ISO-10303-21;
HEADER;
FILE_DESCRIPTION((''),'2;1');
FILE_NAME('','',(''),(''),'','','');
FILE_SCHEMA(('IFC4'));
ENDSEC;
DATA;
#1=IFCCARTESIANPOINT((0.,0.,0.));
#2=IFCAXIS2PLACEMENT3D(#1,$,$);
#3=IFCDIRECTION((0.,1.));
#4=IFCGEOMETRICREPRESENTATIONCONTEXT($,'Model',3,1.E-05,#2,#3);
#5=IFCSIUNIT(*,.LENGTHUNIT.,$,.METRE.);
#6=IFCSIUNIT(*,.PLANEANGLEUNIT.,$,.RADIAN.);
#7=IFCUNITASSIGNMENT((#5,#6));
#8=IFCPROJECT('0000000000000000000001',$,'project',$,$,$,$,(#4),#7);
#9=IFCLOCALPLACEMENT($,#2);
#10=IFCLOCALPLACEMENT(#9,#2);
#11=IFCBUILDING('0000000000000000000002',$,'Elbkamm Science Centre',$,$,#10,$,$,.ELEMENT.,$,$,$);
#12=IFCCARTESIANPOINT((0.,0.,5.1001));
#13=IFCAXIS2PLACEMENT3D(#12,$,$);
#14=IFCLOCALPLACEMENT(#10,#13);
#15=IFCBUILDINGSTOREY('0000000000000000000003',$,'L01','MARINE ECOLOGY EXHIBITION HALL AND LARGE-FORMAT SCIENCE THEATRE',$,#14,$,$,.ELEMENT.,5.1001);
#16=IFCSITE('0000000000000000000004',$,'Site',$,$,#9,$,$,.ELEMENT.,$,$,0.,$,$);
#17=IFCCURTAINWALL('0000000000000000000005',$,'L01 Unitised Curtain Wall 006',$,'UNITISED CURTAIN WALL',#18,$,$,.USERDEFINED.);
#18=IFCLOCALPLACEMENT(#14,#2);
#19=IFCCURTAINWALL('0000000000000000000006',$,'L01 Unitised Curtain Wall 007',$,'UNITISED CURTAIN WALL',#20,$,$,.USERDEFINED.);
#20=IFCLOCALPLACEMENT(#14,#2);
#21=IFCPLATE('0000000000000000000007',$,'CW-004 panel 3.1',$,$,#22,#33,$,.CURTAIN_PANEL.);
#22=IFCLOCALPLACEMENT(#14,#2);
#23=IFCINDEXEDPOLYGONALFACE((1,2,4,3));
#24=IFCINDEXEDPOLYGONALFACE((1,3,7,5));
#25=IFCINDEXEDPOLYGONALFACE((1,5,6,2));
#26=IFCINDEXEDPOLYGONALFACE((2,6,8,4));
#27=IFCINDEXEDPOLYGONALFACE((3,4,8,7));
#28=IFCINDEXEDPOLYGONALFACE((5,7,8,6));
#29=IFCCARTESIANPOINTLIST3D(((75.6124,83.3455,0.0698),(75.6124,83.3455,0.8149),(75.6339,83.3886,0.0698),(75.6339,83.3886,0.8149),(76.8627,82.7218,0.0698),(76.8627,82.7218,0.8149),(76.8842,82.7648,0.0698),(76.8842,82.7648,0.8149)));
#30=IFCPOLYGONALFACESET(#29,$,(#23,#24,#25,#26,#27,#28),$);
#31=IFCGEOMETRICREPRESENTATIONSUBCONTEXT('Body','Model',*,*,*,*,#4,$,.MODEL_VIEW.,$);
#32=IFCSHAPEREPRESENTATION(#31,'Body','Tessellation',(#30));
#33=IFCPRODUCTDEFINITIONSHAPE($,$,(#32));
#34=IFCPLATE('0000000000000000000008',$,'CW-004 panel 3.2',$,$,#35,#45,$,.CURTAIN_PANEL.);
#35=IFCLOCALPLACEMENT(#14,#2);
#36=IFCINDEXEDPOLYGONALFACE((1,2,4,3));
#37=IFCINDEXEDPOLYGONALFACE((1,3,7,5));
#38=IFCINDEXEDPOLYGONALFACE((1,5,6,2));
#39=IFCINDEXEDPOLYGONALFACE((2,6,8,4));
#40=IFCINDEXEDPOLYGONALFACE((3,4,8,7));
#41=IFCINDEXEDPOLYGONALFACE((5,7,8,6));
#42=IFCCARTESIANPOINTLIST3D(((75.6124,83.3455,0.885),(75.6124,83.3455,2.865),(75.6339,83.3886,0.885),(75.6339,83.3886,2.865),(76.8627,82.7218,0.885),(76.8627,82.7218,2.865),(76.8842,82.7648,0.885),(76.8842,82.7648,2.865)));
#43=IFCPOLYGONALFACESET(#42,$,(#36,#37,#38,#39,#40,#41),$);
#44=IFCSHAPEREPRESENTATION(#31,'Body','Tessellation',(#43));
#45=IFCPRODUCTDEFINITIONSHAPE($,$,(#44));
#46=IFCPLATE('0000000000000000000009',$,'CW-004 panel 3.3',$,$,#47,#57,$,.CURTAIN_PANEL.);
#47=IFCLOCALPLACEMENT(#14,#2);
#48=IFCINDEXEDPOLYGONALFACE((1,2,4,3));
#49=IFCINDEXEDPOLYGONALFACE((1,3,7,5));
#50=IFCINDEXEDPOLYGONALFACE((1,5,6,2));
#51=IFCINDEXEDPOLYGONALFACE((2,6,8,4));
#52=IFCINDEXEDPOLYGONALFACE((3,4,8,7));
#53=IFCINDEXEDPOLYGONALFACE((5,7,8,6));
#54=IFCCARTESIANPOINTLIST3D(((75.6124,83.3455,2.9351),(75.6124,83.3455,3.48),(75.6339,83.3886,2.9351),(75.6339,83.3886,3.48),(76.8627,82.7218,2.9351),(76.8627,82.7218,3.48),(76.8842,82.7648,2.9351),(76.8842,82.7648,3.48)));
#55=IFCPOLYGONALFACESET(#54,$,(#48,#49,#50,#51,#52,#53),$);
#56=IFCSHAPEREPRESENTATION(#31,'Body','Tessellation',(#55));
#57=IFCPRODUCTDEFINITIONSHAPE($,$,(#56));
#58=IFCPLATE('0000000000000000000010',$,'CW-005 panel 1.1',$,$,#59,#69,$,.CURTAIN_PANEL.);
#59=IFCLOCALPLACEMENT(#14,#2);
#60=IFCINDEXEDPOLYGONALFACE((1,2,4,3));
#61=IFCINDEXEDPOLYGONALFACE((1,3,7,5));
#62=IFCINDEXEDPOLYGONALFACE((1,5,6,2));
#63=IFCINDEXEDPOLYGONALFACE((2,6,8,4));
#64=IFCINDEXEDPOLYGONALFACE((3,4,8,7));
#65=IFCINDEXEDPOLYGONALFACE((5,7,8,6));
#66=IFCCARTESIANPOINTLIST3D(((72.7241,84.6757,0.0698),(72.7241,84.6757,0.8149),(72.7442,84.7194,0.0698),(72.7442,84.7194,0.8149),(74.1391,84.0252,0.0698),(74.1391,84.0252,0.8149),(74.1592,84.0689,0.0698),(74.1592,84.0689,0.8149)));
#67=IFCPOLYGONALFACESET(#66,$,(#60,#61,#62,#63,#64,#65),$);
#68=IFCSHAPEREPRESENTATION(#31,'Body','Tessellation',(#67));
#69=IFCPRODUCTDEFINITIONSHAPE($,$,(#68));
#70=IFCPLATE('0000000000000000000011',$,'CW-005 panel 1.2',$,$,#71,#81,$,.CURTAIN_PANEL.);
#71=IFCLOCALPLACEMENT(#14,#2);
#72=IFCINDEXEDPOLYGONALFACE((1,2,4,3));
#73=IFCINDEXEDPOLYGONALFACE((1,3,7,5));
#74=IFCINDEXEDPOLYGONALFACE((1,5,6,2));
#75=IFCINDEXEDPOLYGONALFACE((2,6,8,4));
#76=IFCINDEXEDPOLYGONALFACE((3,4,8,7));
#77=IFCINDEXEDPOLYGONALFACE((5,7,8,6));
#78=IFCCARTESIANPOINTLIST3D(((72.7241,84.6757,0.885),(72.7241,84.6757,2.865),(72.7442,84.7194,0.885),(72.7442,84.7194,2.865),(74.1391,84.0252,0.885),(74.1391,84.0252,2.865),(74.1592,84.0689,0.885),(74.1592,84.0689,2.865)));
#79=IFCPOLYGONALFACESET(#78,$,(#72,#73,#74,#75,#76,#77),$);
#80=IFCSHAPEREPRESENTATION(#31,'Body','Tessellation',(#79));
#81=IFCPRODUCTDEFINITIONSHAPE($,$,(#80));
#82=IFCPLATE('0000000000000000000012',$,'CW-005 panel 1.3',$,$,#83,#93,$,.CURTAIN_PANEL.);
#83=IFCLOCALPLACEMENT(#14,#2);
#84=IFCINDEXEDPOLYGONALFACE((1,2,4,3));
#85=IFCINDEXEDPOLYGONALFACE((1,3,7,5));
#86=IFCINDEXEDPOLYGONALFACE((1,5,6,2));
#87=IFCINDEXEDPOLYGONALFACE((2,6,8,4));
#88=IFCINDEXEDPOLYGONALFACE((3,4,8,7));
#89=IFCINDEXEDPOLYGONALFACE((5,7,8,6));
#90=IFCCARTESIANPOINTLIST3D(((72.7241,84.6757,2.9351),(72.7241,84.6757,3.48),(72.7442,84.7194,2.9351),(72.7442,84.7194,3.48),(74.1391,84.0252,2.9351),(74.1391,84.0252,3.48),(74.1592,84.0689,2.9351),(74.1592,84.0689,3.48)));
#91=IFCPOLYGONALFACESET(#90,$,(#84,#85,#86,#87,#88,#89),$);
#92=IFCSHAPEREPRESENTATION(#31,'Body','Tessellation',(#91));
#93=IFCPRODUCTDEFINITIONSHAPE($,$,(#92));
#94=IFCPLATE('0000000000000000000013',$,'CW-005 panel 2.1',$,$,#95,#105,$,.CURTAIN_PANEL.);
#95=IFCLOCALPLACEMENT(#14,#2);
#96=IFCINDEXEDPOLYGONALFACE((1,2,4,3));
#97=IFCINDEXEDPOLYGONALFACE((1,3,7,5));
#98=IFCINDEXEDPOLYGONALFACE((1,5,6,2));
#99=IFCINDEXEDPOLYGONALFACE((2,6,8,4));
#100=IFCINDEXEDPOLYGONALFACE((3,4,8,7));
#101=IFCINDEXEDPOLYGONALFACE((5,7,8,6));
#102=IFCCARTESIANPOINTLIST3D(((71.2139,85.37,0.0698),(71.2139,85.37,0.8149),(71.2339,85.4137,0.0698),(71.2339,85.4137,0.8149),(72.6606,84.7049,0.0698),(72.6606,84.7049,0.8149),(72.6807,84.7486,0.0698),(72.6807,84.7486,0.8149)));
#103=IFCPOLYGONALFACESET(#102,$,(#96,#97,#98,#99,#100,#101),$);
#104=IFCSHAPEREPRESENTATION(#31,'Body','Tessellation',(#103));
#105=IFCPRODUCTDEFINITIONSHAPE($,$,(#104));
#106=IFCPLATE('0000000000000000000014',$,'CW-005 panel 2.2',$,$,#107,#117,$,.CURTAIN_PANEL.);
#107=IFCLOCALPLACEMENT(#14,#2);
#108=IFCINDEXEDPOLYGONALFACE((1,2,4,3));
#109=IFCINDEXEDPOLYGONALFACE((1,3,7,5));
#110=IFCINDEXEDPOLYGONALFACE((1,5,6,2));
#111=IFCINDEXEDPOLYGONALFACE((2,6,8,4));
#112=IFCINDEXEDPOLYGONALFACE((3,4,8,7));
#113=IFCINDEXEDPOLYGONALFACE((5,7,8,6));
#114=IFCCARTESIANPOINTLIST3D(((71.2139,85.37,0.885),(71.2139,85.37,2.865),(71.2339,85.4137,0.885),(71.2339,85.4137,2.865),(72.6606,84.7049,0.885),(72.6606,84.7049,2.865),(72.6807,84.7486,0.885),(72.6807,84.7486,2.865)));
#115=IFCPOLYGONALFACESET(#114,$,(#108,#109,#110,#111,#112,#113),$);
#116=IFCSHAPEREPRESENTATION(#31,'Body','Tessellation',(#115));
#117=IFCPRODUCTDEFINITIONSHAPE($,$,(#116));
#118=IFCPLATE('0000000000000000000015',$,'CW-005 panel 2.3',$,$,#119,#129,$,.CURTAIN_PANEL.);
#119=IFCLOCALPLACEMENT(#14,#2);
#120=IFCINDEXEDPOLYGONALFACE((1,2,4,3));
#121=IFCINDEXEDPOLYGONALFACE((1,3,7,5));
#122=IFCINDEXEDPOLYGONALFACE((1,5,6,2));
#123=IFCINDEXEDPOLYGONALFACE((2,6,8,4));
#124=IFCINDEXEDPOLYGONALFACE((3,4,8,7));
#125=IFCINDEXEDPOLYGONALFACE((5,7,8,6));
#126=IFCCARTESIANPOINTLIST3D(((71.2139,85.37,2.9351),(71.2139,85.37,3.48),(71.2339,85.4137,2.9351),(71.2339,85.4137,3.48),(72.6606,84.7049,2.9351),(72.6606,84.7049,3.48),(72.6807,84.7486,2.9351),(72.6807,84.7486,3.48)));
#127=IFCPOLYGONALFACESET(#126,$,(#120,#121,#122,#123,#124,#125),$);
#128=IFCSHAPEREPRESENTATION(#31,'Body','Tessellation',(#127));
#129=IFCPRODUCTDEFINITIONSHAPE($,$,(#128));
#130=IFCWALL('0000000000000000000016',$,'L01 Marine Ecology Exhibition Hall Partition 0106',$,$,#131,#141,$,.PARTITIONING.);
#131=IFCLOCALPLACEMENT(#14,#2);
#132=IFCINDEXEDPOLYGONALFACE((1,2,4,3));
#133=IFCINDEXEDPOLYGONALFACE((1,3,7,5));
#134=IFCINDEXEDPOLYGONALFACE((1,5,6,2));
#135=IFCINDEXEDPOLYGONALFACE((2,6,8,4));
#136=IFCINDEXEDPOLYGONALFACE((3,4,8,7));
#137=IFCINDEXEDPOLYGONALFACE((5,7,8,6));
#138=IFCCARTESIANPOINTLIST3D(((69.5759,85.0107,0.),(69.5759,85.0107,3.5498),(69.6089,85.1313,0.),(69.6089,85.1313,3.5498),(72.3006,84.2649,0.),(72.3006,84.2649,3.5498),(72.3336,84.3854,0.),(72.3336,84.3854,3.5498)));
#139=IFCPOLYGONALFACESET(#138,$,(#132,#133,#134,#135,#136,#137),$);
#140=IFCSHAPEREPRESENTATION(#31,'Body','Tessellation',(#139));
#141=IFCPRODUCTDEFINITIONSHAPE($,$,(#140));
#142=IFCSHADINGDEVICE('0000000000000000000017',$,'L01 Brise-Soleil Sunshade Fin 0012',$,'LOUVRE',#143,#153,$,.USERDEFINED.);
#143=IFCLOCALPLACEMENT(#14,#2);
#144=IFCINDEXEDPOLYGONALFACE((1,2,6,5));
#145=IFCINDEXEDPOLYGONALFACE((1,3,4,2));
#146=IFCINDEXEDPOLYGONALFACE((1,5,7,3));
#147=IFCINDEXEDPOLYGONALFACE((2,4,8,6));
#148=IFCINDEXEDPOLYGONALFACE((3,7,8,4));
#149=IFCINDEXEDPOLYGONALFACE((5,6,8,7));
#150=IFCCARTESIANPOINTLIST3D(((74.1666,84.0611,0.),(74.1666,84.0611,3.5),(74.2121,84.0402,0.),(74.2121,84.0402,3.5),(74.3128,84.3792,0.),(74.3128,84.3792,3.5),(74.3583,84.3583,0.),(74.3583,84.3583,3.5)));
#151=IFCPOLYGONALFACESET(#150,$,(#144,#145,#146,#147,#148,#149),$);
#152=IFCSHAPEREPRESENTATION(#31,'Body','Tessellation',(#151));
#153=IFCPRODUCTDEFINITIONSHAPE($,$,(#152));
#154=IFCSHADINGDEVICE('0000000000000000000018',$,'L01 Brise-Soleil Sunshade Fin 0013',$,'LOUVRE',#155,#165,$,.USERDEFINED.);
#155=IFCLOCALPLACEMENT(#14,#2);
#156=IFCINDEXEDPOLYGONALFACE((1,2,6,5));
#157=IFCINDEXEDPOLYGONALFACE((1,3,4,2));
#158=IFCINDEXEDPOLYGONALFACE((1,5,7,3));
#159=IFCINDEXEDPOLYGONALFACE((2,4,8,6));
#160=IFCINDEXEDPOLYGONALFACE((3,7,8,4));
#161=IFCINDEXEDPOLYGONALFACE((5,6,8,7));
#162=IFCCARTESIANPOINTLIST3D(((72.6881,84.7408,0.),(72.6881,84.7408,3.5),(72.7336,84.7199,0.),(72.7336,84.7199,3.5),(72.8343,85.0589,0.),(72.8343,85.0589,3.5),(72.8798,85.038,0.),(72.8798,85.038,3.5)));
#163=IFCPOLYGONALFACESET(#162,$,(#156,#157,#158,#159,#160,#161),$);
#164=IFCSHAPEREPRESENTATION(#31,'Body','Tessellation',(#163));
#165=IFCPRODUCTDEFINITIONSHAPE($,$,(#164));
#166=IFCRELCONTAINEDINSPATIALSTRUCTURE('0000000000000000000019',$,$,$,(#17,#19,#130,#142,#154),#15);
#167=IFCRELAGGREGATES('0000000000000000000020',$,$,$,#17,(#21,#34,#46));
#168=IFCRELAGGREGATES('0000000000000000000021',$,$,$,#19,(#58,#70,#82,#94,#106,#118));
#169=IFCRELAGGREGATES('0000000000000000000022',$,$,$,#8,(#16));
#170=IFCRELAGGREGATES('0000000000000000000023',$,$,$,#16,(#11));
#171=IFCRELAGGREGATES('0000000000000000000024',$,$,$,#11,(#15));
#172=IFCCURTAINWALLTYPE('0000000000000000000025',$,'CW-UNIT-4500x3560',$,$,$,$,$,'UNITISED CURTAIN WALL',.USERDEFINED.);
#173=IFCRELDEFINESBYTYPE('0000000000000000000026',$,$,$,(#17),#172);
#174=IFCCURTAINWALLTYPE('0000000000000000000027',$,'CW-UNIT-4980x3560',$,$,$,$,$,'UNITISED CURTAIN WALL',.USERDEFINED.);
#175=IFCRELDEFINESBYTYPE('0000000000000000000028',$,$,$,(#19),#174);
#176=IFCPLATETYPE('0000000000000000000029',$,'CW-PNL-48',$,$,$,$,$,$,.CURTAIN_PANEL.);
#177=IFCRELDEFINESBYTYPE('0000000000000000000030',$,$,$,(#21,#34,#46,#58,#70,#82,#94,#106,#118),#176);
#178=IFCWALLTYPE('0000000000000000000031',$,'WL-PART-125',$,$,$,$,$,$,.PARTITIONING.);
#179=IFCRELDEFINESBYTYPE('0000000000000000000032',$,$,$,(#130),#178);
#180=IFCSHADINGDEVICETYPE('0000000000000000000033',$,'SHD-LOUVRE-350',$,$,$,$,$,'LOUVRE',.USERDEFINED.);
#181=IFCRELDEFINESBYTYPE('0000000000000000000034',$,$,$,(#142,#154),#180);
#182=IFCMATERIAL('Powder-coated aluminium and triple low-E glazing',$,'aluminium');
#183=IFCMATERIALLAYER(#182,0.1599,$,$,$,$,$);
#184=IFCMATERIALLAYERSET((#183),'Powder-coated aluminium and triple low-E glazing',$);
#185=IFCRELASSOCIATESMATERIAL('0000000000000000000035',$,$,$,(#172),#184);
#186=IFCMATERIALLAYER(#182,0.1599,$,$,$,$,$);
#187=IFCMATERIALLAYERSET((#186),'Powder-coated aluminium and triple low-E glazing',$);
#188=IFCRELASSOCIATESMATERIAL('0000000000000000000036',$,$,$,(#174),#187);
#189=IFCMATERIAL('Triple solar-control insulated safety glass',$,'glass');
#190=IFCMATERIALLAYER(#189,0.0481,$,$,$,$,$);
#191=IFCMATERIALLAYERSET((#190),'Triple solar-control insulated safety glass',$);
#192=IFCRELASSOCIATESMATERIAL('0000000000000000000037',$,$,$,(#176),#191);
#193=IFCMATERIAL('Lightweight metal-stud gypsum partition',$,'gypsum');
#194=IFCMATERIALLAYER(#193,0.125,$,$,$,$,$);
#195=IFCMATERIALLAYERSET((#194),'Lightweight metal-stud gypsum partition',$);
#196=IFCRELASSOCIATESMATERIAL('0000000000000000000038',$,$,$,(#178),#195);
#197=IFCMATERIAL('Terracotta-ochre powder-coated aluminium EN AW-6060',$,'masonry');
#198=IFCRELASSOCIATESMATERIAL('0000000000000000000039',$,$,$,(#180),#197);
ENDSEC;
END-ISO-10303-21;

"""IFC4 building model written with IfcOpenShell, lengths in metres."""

from ifc_helpers import new_model, si_unit, direction, frame, frame_2d, origin, origin_2d, place, context, subcontext, project, spatial, rectangle, extrude, material, layer, layer_set, type_object, element, aggregate, save


model = new_model("IFC4")

# Units and contexts
model_context = context("Model", 3, precision=1e-05, world=origin(), true_north=direction((0.0, 1.0)))
body_context = subcontext(model_context, "Body", "Model", "MODEL_VIEW")
ifc_project = project(units=[si_unit("LENGTHUNIT", "METRE"), si_unit("PLANEANGLEUNIT", "RADIAN")], contexts=[model_context])

# Site, building, storey
site_placement = place(None, origin())
site = spatial("IfcSite", under=ifc_project, at=site_placement, Name="Site", CompositionType="ELEMENT", RefElevation=0.0)
building_placement = place(site_placement, origin())
building = spatial("IfcBuilding", under=site, at=building_placement, Name="Elbkamm Science Centre", CompositionType="ELEMENT")
storey_placement = place(building_placement, frame((0.0, 0.0, 5.1001)))
storey = spatial("IfcBuildingStorey", under=building, at=storey_placement, Name="L01", Description="MARINE ECOLOGY EXHIBITION HALL AND LARGE-FORMAT SCIENCE THEATRE", CompositionType="ELEMENT", Elevation=5.1001)

# Curtain wall
ifc_material_1 = material(Name="Powder-coated aluminium and triple low-E glazing", Category="aluminium")
ifc_layer_1 = layer(ifc_material_1, 0.1599)
ifc_layer_set_1 = layer_set([ifc_layer_1], Name="Powder-coated aluminium and triple low-E glazing")
curtain_wall_type_1 = type_object("IfcCurtainWallType", Name="CW-UNIT-4500x3560", ElementType="UNITISED CURTAIN WALL", PredefinedType="USERDEFINED", material=ifc_layer_set_1)
curtain_wall_1_placement = place(storey_placement, origin())
curtain_wall_1 = element("IfcCurtainWall", 1, at=curtain_wall_1_placement, inside=storey, type_object=curtain_wall_type_1, Name="L01 Unitised Curtain Wall 006", ObjectType="UNITISED CURTAIN WALL", PredefinedType="USERDEFINED")

# Curtain wall
ifc_layer_2 = layer(ifc_material_1, 0.1599)
ifc_layer_set_2 = layer_set([ifc_layer_2], Name="Powder-coated aluminium and triple low-E glazing")
curtain_wall_type_2 = type_object("IfcCurtainWallType", Name="CW-UNIT-4980x3560", ElementType="UNITISED CURTAIN WALL", PredefinedType="USERDEFINED", material=ifc_layer_set_2)
curtain_wall_2_placement = place(storey_placement, origin())
curtain_wall_2 = element("IfcCurtainWall", 2, at=curtain_wall_2_placement, inside=storey, type_object=curtain_wall_type_2, Name="L01 Unitised Curtain Wall 007", ObjectType="UNITISED CURTAIN WALL", PredefinedType="USERDEFINED")

# Plates
ifc_material_2 = material(Name="Triple solar-control insulated safety glass", Category="glass")
ifc_layer_3 = layer(ifc_material_2, 0.0481)
ifc_layer_set_3 = layer_set([ifc_layer_3], Name="Triple solar-control insulated safety glass")
plate_type = type_object("IfcPlateType", Name="CW-PNL-48", PredefinedType="CURTAIN_PANEL", material=ifc_layer_set_3)
plate_1_placement = place(storey_placement, frame((76.2483, 83.0552, 0.0698), z_axis=(0.0, 0.0, 1.0), x_axis=(-0.894813, 0.446441, 0.0)))
plate_1 = element("IfcPlate", 3, at=plate_1_placement, type_object=plate_type, Name="CW-004 panel 3.1", PredefinedType="CURTAIN_PANEL", context=body_context, shape_type="SweptSolid", body=[
    extrude(rectangle(XDim=1.3972, YDim=0.0481, at=origin_2d()), origin(), (0.0, 0.0, 1.0), 0.7451),
])
plate_2_placement = place(storey_placement, frame((76.2483, 83.0552, 0.885), z_axis=(0.0, 0.0, 1.0), x_axis=(-0.894813, 0.446441, 0.0)))
plate_2 = element("IfcPlate", 4, at=plate_2_placement, type_object=plate_type, Name="CW-004 panel 3.2", PredefinedType="CURTAIN_PANEL", context=body_context, shape_type="SweptSolid", body=[
    extrude(rectangle(XDim=1.3972, YDim=0.0481, at=origin_2d()), origin(), (0.0, 0.0, 1.0), 1.98),
])
plate_3_placement = place(storey_placement, frame((76.2483, 83.0552, 2.9351), z_axis=(0.0, 0.0, 1.0), x_axis=(-0.894813, 0.446441, 0.0)))
plate_3 = element("IfcPlate", 5, at=plate_3_placement, type_object=plate_type, Name="CW-004 panel 3.3", PredefinedType="CURTAIN_PANEL", context=body_context, shape_type="SweptSolid", body=[
    extrude(rectangle(XDim=1.3972, YDim=0.0481, at=origin_2d()), origin(), (0.0, 0.0, 1.0), 0.5449),
])
aggregate(curtain_wall_1, [plate_1, plate_2, plate_3])
plate_4_placement = place(storey_placement, frame((73.4417, 84.3723, 0.0698), z_axis=(0.0, 0.0, 1.0), x_axis=(-0.908583, 0.417705, 0.0)))
plate_4 = element("IfcPlate", 6, at=plate_4_placement, type_object=plate_type, Name="CW-005 panel 1.1", PredefinedType="CURTAIN_PANEL", context=body_context, shape_type="SweptSolid", body=[
    extrude(rectangle(XDim=1.5574, YDim=0.0481, at=origin_2d()), origin(), (0.0, 0.0, 1.0), 0.7451),
])
plate_5_placement = place(storey_placement, frame((73.4417, 84.3723, 0.885), z_axis=(0.0, 0.0, 1.0), x_axis=(-0.908583, 0.417705, 0.0)))
plate_5 = element("IfcPlate", 7, at=plate_5_placement, type_object=plate_type, Name="CW-005 panel 1.2", PredefinedType="CURTAIN_PANEL", context=body_context, shape_type="SweptSolid", body=[
    extrude(rectangle(XDim=1.5574, YDim=0.0481, at=origin_2d()), origin(), (0.0, 0.0, 1.0), 1.98),
])
plate_6_placement = place(storey_placement, frame((73.4417, 84.3723, 2.9351), z_axis=(0.0, 0.0, 1.0), x_axis=(-0.908583, 0.417705, 0.0)))
plate_6 = element("IfcPlate", 8, at=plate_6_placement, type_object=plate_type, Name="CW-005 panel 1.3", PredefinedType="CURTAIN_PANEL", context=body_context, shape_type="SweptSolid", body=[
    extrude(rectangle(XDim=1.5574, YDim=0.0481, at=origin_2d()), origin(), (0.0, 0.0, 1.0), 0.5449),
])
plate_7_placement = place(storey_placement, frame((71.9473, 85.0593, 0.0698), z_axis=(0.0, 0.0, 1.0), x_axis=(-0.908583, 0.417705, 0.0)))
plate_7 = element("IfcPlate", 9, at=plate_7_placement, type_object=plate_type, Name="CW-005 panel 2.1", PredefinedType="CURTAIN_PANEL", context=body_context, shape_type="SweptSolid", body=[
    extrude(rectangle(XDim=1.5923, YDim=0.0481, at=origin_2d()), origin(), (0.0, 0.0, 1.0), 0.7451),
])
plate_8_placement = place(storey_placement, frame((71.9473, 85.0593, 0.885), z_axis=(0.0, 0.0, 1.0), x_axis=(-0.908583, 0.417705, 0.0)))
plate_8 = element("IfcPlate", 10, at=plate_8_placement, type_object=plate_type, Name="CW-005 panel 2.2", PredefinedType="CURTAIN_PANEL", context=body_context, shape_type="SweptSolid", body=[
    extrude(rectangle(XDim=1.5923, YDim=0.0481, at=origin_2d()), origin(), (0.0, 0.0, 1.0), 1.98),
])
plate_9_placement = place(storey_placement, frame((71.9473, 85.0593, 2.9351), z_axis=(0.0, 0.0, 1.0), x_axis=(-0.908583, 0.417705, 0.0)))
plate_9 = element("IfcPlate", 11, at=plate_9_placement, type_object=plate_type, Name="CW-005 panel 2.3", PredefinedType="CURTAIN_PANEL", context=body_context, shape_type="SweptSolid", body=[
    extrude(rectangle(XDim=1.5923, YDim=0.0481, at=origin_2d()), origin(), (0.0, 0.0, 1.0), 0.5449),
])
aggregate(curtain_wall_2, [plate_4, plate_5, plate_6, plate_7, plate_8, plate_9])

# Wall
ifc_material_3 = material(Name="Lightweight metal-stud gypsum partition", Category="gypsum")
ifc_layer_4 = layer(ifc_material_3, 0.125)
ifc_layer_set_4 = layer_set([ifc_layer_4], Name="Lightweight metal-stud gypsum partition")
wall_type = type_object("IfcWallType", Name="WL-PART-125", PredefinedType="PARTITIONING", material=ifc_layer_set_4)
wall_placement = place(storey_placement, frame((69.5923, 85.071, 0.0), z_axis=(0.0, 0.0, 1.0), x_axis=(0.964514, -0.264031, 0.0)))
element("IfcWall", 12, at=wall_placement, inside=storey, type_object=wall_type, Name="L01 Marine Ecology Exhibition Hall Partition 0106", PredefinedType="PARTITIONING", context=body_context, shape_type="SweptSolid", body=[
    extrude(rectangle(XDim=2.825, YDim=0.125, at=frame_2d((1.4126, 0.0))), origin(), (0.0, 0.0, 1.0), 3.5498),
])

# Shading devices
ifc_material_4 = material(Name="Terracotta-ochre powder-coated aluminium EN AW-6060", Category="masonry")
shading_device_type = type_object("IfcShadingDeviceType", Name="SHD-LOUVRE-350", ElementType="LOUVRE", PredefinedType="USERDEFINED", material=ifc_material_4)
for number, where, z_axis, x_axis, name in (
    (13, (74.2625, 84.2097, 0.0), (0.0, 0.0, 1.0), (0.417705, 0.908583, 0.0), "L01 Brise-Soleil Sunshade Fin 0012"),
    (14, (72.7839, 84.8894, 0.0), (0.0, 0.0, 1.0), (0.417705, 0.908583, 0.0), "L01 Brise-Soleil Sunshade Fin 0013"),
):
    element("IfcShadingDevice", number, at=place(storey_placement, frame(where, z_axis=z_axis, x_axis=x_axis)), inside=storey, type_object=shading_device_type, Name=name, ObjectType="LOUVRE", PredefinedType="USERDEFINED", context=body_context, shape_type="SweptSolid", body=[
        extrude(rectangle(XDim=0.3501, YDim=0.05, at=origin_2d()), origin(), (0.0, 0.0, 1.0), 3.5),
    ])

save(model, "model.ifc")
